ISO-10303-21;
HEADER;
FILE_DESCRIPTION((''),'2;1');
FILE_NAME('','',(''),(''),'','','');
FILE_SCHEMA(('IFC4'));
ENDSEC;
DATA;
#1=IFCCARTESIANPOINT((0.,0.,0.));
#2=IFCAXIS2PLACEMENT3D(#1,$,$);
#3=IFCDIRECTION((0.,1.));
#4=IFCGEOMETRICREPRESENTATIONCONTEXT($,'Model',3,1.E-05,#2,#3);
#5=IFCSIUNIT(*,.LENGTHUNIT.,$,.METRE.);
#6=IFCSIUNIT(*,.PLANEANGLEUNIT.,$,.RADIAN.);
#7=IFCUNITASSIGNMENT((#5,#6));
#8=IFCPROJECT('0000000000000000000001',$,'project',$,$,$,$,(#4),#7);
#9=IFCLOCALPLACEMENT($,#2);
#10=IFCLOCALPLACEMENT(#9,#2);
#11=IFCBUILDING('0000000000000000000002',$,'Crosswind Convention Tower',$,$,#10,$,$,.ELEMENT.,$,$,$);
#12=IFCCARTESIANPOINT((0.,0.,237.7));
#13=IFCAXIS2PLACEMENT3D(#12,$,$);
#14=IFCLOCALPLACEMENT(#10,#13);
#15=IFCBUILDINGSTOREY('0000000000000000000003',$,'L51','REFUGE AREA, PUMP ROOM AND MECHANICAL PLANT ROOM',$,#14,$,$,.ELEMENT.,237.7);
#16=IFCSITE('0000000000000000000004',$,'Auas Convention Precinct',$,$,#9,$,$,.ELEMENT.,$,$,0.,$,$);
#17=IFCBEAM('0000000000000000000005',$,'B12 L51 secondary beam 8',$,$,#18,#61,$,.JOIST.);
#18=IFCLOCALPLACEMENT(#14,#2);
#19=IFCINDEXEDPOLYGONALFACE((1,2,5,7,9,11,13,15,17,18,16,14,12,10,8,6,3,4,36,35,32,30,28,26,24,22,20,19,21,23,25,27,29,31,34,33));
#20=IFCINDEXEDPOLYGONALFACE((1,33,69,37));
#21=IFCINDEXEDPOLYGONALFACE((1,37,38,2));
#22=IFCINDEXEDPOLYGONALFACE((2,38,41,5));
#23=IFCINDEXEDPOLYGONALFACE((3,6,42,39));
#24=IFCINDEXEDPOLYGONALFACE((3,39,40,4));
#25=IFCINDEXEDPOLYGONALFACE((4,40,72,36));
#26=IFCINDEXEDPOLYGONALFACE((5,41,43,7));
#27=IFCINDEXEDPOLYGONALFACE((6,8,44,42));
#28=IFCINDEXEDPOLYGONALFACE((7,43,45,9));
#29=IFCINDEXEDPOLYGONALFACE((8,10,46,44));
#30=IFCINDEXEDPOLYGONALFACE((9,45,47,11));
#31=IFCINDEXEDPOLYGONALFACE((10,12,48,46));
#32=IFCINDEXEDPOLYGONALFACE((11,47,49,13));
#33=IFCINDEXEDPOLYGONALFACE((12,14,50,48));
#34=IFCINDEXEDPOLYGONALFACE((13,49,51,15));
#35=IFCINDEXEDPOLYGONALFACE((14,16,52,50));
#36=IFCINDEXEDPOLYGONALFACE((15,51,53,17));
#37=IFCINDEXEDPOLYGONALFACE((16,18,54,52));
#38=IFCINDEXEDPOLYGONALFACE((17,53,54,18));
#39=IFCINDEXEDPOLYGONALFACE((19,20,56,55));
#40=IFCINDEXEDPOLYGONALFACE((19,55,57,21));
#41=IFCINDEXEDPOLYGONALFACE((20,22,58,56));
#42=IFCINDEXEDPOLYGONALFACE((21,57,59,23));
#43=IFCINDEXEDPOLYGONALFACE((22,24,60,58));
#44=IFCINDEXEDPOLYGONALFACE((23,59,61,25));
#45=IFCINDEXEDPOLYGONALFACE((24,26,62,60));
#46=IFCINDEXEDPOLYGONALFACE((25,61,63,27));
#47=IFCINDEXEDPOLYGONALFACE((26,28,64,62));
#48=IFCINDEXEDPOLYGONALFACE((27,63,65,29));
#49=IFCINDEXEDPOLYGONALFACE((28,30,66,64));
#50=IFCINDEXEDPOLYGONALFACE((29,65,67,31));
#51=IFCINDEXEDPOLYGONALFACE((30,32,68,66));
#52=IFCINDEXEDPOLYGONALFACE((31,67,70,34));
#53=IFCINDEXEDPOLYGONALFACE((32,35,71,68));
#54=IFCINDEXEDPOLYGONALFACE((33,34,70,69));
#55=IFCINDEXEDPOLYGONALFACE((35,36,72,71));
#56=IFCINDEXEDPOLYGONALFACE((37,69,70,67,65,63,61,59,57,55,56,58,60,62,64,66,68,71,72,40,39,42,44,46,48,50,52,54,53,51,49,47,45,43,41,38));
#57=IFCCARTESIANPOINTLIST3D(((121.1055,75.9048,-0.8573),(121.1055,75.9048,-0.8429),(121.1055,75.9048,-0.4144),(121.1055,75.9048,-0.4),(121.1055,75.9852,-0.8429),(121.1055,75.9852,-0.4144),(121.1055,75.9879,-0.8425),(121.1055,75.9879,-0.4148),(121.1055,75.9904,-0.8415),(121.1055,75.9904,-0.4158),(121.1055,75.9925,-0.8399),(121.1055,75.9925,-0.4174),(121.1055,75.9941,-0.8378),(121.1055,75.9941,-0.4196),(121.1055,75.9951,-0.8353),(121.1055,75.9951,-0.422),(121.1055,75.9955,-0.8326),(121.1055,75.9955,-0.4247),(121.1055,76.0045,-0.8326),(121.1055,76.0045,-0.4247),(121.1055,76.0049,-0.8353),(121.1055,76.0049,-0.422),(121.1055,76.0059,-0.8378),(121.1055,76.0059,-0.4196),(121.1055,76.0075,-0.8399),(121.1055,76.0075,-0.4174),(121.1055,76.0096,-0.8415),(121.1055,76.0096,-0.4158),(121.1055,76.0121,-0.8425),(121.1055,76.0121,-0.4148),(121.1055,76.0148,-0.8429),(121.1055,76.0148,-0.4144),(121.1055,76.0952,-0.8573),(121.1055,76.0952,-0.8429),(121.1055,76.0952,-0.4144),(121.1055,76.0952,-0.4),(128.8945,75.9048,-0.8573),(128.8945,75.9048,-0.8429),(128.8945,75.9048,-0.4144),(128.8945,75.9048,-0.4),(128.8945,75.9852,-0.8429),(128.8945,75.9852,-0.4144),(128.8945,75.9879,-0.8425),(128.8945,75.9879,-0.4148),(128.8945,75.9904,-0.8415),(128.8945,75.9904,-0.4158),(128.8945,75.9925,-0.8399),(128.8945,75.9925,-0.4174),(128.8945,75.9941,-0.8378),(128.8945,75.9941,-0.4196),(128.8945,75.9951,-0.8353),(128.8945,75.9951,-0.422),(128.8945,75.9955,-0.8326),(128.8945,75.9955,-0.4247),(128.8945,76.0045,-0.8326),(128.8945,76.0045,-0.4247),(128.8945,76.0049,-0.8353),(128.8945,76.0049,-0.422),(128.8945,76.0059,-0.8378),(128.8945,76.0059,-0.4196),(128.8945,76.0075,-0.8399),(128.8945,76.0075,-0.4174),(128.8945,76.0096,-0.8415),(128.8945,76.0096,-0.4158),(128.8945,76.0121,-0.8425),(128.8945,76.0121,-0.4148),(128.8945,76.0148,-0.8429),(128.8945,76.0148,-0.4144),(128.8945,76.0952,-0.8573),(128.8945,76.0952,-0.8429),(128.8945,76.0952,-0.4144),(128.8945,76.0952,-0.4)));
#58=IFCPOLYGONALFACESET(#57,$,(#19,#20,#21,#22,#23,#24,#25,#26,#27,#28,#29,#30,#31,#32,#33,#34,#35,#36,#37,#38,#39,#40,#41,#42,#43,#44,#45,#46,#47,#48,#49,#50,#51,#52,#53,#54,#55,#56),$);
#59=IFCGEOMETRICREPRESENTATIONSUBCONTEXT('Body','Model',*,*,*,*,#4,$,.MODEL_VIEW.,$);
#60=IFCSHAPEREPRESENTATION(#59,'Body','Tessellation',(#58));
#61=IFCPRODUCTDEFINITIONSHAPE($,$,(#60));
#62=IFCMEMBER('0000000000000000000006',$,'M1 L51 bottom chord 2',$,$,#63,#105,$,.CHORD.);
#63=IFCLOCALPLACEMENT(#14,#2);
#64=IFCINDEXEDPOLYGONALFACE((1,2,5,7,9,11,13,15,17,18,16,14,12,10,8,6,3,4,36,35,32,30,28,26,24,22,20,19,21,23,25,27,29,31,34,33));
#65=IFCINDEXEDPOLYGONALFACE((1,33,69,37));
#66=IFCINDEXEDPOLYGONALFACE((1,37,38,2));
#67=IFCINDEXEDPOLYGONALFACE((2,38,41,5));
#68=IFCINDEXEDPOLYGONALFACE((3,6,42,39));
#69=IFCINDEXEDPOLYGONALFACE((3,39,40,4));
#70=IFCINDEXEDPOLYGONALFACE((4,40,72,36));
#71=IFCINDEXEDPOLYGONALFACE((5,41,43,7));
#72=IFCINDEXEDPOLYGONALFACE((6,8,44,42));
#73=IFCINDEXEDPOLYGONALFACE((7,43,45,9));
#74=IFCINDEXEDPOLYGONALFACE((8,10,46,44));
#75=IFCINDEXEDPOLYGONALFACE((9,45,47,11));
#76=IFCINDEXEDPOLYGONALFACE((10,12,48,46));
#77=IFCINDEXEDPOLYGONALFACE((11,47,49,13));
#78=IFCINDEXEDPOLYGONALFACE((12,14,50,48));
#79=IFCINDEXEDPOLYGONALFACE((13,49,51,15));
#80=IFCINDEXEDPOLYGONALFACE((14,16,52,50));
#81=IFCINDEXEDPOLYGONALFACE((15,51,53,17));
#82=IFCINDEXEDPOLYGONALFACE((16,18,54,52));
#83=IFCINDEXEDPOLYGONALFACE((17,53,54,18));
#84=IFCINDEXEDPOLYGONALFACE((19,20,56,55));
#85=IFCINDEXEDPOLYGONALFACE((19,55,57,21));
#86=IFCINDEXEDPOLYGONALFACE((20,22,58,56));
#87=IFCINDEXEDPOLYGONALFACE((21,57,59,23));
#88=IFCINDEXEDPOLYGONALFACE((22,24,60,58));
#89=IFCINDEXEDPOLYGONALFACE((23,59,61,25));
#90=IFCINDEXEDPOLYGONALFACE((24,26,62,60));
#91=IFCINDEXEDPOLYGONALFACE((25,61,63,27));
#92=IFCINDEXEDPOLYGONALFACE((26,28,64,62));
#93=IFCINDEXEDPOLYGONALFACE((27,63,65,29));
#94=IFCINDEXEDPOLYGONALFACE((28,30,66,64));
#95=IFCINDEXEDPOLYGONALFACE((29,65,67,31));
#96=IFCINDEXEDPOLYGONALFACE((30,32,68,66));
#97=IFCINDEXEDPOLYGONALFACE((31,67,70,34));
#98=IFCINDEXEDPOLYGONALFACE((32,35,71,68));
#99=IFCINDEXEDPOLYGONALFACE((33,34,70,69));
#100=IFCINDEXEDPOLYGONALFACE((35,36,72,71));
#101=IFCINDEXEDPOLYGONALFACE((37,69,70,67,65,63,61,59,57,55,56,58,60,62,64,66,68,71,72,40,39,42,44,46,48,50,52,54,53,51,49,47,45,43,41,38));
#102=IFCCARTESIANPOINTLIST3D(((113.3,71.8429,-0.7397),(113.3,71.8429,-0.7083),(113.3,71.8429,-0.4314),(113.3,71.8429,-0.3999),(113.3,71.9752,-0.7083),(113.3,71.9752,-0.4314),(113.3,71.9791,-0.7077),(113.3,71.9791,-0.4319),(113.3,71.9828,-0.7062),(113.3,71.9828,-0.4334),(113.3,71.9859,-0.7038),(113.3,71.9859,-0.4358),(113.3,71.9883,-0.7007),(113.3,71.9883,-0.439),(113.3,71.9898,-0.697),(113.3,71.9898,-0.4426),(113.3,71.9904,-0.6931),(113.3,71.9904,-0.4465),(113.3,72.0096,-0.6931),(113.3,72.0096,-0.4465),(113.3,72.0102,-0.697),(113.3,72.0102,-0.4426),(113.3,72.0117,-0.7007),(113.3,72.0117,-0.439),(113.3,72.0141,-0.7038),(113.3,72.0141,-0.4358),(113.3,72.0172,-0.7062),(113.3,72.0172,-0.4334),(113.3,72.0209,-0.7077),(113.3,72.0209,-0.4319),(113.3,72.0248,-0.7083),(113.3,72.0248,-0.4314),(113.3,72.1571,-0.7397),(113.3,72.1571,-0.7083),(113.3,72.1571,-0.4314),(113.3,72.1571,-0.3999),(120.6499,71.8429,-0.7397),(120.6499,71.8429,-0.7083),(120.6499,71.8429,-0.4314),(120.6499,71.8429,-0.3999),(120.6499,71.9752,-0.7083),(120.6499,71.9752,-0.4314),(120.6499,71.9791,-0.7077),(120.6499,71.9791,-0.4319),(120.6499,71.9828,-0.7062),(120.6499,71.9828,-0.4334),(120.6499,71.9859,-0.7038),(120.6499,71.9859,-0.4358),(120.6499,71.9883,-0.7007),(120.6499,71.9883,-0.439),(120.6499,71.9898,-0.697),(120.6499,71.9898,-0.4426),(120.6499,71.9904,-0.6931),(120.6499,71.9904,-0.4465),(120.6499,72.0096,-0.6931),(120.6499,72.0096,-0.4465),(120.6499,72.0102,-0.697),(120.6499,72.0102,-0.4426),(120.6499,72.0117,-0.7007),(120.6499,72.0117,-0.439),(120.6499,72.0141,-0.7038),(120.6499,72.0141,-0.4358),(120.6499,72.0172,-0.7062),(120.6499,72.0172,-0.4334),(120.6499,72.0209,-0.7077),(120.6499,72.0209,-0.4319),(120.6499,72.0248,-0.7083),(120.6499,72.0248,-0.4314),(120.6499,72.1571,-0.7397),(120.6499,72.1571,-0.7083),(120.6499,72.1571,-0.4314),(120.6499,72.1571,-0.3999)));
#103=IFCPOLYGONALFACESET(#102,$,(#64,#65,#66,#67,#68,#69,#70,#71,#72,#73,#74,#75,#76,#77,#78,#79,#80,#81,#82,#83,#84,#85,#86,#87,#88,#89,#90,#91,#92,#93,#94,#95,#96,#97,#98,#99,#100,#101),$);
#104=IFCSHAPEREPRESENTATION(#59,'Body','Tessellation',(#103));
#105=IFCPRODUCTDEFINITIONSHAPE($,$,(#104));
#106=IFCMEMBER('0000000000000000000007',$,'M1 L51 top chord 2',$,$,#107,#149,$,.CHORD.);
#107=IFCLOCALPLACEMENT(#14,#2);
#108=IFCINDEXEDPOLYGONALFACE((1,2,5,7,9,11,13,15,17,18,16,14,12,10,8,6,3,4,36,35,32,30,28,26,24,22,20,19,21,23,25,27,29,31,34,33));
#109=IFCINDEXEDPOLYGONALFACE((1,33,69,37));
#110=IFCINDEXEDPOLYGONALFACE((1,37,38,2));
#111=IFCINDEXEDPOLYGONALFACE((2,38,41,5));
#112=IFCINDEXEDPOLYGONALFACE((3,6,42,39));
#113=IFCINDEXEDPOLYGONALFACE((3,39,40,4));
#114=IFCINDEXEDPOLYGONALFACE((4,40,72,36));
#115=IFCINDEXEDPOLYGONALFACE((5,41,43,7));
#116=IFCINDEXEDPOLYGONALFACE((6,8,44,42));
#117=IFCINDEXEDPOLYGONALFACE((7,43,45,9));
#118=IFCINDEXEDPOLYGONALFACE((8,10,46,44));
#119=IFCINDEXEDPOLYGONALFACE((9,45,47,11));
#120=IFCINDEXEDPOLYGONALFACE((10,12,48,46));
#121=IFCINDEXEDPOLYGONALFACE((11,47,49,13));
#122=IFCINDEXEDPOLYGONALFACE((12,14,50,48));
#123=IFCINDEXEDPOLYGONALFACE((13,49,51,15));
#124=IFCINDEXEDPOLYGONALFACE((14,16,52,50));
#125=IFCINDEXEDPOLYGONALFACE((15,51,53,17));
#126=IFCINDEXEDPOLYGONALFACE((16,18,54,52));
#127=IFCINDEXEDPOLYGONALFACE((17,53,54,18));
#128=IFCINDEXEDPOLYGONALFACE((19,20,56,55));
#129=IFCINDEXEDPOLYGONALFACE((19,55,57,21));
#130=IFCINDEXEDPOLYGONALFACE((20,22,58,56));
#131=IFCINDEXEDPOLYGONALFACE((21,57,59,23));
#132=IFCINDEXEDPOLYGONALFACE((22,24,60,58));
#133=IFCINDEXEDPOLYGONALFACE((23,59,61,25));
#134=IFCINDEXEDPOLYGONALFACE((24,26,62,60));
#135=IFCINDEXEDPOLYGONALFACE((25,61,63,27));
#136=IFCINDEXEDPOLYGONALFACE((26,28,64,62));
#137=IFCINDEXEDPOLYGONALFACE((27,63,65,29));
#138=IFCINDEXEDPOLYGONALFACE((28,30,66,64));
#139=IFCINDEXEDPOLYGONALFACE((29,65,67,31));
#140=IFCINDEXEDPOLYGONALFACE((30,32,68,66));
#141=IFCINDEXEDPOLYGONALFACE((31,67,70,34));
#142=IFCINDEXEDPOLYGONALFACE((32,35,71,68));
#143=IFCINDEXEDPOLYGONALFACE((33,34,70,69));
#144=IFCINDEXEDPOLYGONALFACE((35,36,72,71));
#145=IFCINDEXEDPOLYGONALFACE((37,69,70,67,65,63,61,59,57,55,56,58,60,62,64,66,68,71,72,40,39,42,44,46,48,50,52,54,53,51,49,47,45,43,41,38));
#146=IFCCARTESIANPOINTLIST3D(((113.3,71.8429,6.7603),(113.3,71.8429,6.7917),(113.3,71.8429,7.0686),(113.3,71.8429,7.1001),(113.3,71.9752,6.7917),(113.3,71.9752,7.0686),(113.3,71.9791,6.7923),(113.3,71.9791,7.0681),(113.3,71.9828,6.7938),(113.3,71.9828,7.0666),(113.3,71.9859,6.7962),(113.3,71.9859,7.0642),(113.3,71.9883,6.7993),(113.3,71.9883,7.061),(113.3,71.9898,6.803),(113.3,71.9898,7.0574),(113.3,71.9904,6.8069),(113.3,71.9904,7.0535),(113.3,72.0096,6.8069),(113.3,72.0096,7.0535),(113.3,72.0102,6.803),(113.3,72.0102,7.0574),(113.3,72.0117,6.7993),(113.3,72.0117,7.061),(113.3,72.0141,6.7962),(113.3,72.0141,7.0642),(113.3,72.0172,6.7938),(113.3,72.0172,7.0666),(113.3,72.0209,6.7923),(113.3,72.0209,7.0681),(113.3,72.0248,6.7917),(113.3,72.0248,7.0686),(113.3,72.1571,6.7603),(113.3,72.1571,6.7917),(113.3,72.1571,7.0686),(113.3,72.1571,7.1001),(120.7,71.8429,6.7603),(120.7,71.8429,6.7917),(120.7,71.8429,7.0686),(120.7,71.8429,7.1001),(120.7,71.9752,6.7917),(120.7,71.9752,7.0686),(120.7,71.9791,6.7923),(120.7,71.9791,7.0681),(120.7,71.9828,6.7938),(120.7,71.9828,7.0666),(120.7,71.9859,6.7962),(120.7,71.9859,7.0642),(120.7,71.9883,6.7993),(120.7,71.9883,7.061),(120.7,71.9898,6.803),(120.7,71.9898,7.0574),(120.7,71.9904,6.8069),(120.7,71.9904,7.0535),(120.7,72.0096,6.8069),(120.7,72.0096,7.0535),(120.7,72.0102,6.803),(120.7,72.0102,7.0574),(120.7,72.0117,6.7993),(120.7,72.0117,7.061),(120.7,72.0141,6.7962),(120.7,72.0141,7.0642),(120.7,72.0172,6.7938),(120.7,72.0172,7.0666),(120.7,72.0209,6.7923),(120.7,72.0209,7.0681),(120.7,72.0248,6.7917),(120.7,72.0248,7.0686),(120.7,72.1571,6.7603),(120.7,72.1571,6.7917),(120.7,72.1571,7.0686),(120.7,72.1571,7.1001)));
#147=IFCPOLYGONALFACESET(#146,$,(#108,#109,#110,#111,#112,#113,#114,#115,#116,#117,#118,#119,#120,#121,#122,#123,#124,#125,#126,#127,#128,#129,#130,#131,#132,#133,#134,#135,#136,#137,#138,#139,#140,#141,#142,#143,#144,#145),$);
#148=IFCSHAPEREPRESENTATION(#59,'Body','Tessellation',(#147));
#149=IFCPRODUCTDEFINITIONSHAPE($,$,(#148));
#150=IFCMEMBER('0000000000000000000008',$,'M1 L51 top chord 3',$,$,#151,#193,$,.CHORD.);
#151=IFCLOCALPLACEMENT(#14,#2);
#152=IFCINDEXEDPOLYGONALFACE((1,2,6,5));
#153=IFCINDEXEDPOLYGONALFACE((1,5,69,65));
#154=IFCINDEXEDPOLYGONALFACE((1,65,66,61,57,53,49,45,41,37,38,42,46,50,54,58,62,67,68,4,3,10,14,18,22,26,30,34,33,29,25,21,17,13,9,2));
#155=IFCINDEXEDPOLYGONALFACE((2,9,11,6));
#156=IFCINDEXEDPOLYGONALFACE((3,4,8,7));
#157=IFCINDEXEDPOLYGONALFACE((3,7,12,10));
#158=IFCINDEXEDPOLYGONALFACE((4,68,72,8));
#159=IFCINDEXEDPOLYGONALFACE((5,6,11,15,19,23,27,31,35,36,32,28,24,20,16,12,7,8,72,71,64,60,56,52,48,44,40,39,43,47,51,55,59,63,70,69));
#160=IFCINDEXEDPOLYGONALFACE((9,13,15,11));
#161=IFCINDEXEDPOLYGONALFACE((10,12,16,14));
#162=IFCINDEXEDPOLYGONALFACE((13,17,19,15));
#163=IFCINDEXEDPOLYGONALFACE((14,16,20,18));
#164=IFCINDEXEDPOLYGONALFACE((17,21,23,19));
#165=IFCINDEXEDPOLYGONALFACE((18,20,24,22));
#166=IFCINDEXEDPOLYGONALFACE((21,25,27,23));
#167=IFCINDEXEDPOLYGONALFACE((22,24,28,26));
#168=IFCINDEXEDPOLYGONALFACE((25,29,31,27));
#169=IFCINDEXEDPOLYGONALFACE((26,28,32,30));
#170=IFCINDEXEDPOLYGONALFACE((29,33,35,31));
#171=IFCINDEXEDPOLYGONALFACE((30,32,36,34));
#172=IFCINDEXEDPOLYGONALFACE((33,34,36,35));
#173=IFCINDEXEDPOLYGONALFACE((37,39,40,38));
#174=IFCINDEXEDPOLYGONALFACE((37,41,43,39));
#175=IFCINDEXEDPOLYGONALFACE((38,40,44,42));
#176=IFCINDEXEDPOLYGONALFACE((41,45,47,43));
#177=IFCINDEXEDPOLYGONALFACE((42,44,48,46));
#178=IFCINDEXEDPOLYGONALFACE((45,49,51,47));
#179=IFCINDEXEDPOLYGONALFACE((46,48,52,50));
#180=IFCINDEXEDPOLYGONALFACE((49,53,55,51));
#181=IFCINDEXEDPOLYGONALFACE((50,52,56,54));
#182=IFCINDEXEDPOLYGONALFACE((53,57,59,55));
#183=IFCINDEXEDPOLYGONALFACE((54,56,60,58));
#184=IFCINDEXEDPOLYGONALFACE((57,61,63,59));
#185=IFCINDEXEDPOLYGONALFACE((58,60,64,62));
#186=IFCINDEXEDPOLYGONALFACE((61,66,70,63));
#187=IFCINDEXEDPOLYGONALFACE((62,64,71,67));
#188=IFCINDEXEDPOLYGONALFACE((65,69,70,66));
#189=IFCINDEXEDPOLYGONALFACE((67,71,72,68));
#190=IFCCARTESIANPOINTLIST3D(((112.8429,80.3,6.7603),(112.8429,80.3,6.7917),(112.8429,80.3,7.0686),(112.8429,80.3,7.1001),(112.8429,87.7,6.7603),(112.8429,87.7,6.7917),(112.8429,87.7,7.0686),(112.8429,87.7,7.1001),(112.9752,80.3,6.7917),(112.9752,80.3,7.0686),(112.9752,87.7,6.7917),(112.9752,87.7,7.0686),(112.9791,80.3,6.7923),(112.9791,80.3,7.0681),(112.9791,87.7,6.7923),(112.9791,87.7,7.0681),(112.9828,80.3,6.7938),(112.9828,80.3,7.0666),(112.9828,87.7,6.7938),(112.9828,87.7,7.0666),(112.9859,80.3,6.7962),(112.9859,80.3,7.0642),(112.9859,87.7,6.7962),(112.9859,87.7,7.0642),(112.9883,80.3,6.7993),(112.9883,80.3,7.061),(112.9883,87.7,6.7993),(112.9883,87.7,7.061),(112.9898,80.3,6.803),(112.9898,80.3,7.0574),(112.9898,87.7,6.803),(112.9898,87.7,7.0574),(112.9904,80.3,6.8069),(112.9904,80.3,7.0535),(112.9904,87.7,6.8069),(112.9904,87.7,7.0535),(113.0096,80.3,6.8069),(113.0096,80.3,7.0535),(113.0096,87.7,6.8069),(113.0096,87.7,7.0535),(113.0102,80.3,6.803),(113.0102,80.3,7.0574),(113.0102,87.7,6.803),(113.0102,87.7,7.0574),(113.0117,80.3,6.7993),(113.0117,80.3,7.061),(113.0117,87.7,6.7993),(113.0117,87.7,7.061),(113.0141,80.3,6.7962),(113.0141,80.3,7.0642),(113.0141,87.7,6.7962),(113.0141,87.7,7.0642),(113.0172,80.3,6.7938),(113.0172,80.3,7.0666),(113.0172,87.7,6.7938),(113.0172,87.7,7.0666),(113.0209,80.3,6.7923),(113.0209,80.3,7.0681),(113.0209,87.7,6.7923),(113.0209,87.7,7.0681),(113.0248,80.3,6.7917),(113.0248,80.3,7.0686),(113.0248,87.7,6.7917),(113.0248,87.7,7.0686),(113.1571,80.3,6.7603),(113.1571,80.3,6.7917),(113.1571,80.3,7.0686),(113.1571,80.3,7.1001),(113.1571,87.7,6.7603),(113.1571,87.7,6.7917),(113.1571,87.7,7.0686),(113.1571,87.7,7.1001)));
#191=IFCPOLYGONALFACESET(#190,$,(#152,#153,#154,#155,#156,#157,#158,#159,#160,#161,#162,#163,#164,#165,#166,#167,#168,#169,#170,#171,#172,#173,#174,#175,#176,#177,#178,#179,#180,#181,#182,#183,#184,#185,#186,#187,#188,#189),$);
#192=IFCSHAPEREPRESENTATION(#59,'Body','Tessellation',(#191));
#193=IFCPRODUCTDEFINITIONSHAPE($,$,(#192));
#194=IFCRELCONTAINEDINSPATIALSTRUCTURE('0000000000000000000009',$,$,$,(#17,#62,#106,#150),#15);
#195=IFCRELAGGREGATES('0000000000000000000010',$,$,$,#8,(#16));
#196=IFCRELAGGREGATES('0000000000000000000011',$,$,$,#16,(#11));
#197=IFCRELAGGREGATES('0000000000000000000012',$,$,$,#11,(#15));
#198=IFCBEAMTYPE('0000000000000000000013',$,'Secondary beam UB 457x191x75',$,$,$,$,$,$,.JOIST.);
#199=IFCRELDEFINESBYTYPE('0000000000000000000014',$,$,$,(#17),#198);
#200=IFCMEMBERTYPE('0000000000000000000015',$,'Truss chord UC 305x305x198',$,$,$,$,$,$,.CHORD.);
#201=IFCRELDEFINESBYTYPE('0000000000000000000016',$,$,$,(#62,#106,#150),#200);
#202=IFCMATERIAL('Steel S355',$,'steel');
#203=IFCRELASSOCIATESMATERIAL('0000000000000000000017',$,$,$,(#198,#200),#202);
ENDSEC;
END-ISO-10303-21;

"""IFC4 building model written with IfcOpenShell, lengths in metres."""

from ifc_helpers import new_model, si_unit, direction, frame, origin, origin_2d, place, context, subcontext, project, spatial, i_section, extrude, material, material_profile, profile_set, type_object, element, save


model = new_model("IFC4")

# Units and contexts
model_context = context("Model", 3, precision=1e-05, world=origin(), true_north=direction((0.0, 1.0)))
body_context = subcontext(model_context, "Body", "Model", "MODEL_VIEW")
ifc_project = project(units=[si_unit("LENGTHUNIT", "METRE"), si_unit("PLANEANGLEUNIT", "RADIAN")], contexts=[model_context])

# Site, building, storey
site_placement = place(None, origin())
site = spatial("IfcSite", under=ifc_project, at=site_placement, Name="Auas Convention Precinct", CompositionType="ELEMENT", RefElevation=0.0)
building_placement = place(site_placement, origin())
building = spatial("IfcBuilding", under=site, at=building_placement, Name="Crosswind Convention Tower", CompositionType="ELEMENT")
storey_placement = place(building_placement, frame((0.0, 0.0, 237.7)))
storey = spatial("IfcBuildingStorey", under=building, at=storey_placement, Name="L51", Description="REFUGE AREA, PUMP ROOM AND MECHANICAL PLANT ROOM", CompositionType="ELEMENT", Elevation=237.7)

# Beam
ifc_material_1 = material(Name="Steel S355", Category="steel")
ifc_material_profile_1 = material_profile(ifc_material_1, i_section(OverallWidth=0.1904, OverallDepth=0.4573, WebThickness=0.009, FlangeThickness=0.0144, FilletRadius=0.0103, at=origin_2d()), Name="UB 457x191x75")
ifc_profile_set_1 = profile_set([ifc_material_profile_1], Name="Steel S355")
beam_type_1 = type_object("IfcBeamType", Name="Secondary beam UB 457x191x75", PredefinedType="JOIST", material=ifc_profile_set_1)
beam_1_placement = place(storey_placement, frame((121.1055, 76.0, -0.6287), z_axis=(1.0, 0.0, 0.0), x_axis=(0.0, 1.0, 0.0)))
element("IfcBeam", 1, at=beam_1_placement, inside=storey, type_object=beam_type_1, Name="B12 L51 secondary beam 8", PredefinedType="JOIST", context=body_context, shape_type="SweptSolid", body=[
    extrude(i_section(OverallWidth=0.1904, OverallDepth=0.4573, WebThickness=0.009, FlangeThickness=0.0144, FilletRadius=0.0103, at=origin_2d()), origin(), (0.0, 0.0, 1.0), 7.7891),
])

# Members
ifc_material_profile_2 = material_profile(ifc_material_1, i_section(OverallWidth=0.3142, OverallDepth=0.3398, WebThickness=0.0193, FlangeThickness=0.0315, FilletRadius=0.0151, at=origin_2d()), Name="UC 305x305x198")
ifc_profile_set_2 = profile_set([ifc_material_profile_2], Name="Steel S355")
member_type_1 = type_object("IfcMemberType", Name="Truss chord UC 305x305x198", PredefinedType="CHORD", material=ifc_profile_set_2)
member_1_placement = place(storey_placement, frame((113.3, 72.0, -0.5698), z_axis=(1.0, 0.0, 0.0), x_axis=(0.0, 1.0, 0.0)))
element("IfcMember", 2, at=member_1_placement, inside=storey, type_object=member_type_1, Name="M1 L51 bottom chord 2", PredefinedType="CHORD", context=body_context, shape_type="SweptSolid", body=[
    extrude(i_section(OverallWidth=0.3142, OverallDepth=0.3398, WebThickness=0.0193, FlangeThickness=0.0315, FilletRadius=0.0151, at=origin_2d()), origin(), (0.0, 0.0, 1.0), 7.3499),
])
for number, where, z_axis, x_axis, name in (
    (3, (113.3, 72.0, 6.9302), (1.0, 0.0, 0.0), (0.0, 1.0, 0.0), "M1 L51 top chord 2"),
    (4, (113.0, 80.3, 6.9302), (0.0, 1.0, 0.0), (-1.0, 0.0, 0.0), "M1 L51 top chord 3"),
):
    element("IfcMember", number, at=place(storey_placement, frame(where, z_axis=z_axis, x_axis=x_axis)), inside=storey, type_object=member_type_1, Name=name, PredefinedType="CHORD", context=body_context, shape_type="SweptSolid", body=[
        extrude(i_section(OverallWidth=0.3142, OverallDepth=0.3398, WebThickness=0.0193, FlangeThickness=0.0315, FilletRadius=0.0151, at=origin_2d()), origin(), (0.0, 0.0, 1.0), 7.3999),
    ])

save(model, "model.ifc")
